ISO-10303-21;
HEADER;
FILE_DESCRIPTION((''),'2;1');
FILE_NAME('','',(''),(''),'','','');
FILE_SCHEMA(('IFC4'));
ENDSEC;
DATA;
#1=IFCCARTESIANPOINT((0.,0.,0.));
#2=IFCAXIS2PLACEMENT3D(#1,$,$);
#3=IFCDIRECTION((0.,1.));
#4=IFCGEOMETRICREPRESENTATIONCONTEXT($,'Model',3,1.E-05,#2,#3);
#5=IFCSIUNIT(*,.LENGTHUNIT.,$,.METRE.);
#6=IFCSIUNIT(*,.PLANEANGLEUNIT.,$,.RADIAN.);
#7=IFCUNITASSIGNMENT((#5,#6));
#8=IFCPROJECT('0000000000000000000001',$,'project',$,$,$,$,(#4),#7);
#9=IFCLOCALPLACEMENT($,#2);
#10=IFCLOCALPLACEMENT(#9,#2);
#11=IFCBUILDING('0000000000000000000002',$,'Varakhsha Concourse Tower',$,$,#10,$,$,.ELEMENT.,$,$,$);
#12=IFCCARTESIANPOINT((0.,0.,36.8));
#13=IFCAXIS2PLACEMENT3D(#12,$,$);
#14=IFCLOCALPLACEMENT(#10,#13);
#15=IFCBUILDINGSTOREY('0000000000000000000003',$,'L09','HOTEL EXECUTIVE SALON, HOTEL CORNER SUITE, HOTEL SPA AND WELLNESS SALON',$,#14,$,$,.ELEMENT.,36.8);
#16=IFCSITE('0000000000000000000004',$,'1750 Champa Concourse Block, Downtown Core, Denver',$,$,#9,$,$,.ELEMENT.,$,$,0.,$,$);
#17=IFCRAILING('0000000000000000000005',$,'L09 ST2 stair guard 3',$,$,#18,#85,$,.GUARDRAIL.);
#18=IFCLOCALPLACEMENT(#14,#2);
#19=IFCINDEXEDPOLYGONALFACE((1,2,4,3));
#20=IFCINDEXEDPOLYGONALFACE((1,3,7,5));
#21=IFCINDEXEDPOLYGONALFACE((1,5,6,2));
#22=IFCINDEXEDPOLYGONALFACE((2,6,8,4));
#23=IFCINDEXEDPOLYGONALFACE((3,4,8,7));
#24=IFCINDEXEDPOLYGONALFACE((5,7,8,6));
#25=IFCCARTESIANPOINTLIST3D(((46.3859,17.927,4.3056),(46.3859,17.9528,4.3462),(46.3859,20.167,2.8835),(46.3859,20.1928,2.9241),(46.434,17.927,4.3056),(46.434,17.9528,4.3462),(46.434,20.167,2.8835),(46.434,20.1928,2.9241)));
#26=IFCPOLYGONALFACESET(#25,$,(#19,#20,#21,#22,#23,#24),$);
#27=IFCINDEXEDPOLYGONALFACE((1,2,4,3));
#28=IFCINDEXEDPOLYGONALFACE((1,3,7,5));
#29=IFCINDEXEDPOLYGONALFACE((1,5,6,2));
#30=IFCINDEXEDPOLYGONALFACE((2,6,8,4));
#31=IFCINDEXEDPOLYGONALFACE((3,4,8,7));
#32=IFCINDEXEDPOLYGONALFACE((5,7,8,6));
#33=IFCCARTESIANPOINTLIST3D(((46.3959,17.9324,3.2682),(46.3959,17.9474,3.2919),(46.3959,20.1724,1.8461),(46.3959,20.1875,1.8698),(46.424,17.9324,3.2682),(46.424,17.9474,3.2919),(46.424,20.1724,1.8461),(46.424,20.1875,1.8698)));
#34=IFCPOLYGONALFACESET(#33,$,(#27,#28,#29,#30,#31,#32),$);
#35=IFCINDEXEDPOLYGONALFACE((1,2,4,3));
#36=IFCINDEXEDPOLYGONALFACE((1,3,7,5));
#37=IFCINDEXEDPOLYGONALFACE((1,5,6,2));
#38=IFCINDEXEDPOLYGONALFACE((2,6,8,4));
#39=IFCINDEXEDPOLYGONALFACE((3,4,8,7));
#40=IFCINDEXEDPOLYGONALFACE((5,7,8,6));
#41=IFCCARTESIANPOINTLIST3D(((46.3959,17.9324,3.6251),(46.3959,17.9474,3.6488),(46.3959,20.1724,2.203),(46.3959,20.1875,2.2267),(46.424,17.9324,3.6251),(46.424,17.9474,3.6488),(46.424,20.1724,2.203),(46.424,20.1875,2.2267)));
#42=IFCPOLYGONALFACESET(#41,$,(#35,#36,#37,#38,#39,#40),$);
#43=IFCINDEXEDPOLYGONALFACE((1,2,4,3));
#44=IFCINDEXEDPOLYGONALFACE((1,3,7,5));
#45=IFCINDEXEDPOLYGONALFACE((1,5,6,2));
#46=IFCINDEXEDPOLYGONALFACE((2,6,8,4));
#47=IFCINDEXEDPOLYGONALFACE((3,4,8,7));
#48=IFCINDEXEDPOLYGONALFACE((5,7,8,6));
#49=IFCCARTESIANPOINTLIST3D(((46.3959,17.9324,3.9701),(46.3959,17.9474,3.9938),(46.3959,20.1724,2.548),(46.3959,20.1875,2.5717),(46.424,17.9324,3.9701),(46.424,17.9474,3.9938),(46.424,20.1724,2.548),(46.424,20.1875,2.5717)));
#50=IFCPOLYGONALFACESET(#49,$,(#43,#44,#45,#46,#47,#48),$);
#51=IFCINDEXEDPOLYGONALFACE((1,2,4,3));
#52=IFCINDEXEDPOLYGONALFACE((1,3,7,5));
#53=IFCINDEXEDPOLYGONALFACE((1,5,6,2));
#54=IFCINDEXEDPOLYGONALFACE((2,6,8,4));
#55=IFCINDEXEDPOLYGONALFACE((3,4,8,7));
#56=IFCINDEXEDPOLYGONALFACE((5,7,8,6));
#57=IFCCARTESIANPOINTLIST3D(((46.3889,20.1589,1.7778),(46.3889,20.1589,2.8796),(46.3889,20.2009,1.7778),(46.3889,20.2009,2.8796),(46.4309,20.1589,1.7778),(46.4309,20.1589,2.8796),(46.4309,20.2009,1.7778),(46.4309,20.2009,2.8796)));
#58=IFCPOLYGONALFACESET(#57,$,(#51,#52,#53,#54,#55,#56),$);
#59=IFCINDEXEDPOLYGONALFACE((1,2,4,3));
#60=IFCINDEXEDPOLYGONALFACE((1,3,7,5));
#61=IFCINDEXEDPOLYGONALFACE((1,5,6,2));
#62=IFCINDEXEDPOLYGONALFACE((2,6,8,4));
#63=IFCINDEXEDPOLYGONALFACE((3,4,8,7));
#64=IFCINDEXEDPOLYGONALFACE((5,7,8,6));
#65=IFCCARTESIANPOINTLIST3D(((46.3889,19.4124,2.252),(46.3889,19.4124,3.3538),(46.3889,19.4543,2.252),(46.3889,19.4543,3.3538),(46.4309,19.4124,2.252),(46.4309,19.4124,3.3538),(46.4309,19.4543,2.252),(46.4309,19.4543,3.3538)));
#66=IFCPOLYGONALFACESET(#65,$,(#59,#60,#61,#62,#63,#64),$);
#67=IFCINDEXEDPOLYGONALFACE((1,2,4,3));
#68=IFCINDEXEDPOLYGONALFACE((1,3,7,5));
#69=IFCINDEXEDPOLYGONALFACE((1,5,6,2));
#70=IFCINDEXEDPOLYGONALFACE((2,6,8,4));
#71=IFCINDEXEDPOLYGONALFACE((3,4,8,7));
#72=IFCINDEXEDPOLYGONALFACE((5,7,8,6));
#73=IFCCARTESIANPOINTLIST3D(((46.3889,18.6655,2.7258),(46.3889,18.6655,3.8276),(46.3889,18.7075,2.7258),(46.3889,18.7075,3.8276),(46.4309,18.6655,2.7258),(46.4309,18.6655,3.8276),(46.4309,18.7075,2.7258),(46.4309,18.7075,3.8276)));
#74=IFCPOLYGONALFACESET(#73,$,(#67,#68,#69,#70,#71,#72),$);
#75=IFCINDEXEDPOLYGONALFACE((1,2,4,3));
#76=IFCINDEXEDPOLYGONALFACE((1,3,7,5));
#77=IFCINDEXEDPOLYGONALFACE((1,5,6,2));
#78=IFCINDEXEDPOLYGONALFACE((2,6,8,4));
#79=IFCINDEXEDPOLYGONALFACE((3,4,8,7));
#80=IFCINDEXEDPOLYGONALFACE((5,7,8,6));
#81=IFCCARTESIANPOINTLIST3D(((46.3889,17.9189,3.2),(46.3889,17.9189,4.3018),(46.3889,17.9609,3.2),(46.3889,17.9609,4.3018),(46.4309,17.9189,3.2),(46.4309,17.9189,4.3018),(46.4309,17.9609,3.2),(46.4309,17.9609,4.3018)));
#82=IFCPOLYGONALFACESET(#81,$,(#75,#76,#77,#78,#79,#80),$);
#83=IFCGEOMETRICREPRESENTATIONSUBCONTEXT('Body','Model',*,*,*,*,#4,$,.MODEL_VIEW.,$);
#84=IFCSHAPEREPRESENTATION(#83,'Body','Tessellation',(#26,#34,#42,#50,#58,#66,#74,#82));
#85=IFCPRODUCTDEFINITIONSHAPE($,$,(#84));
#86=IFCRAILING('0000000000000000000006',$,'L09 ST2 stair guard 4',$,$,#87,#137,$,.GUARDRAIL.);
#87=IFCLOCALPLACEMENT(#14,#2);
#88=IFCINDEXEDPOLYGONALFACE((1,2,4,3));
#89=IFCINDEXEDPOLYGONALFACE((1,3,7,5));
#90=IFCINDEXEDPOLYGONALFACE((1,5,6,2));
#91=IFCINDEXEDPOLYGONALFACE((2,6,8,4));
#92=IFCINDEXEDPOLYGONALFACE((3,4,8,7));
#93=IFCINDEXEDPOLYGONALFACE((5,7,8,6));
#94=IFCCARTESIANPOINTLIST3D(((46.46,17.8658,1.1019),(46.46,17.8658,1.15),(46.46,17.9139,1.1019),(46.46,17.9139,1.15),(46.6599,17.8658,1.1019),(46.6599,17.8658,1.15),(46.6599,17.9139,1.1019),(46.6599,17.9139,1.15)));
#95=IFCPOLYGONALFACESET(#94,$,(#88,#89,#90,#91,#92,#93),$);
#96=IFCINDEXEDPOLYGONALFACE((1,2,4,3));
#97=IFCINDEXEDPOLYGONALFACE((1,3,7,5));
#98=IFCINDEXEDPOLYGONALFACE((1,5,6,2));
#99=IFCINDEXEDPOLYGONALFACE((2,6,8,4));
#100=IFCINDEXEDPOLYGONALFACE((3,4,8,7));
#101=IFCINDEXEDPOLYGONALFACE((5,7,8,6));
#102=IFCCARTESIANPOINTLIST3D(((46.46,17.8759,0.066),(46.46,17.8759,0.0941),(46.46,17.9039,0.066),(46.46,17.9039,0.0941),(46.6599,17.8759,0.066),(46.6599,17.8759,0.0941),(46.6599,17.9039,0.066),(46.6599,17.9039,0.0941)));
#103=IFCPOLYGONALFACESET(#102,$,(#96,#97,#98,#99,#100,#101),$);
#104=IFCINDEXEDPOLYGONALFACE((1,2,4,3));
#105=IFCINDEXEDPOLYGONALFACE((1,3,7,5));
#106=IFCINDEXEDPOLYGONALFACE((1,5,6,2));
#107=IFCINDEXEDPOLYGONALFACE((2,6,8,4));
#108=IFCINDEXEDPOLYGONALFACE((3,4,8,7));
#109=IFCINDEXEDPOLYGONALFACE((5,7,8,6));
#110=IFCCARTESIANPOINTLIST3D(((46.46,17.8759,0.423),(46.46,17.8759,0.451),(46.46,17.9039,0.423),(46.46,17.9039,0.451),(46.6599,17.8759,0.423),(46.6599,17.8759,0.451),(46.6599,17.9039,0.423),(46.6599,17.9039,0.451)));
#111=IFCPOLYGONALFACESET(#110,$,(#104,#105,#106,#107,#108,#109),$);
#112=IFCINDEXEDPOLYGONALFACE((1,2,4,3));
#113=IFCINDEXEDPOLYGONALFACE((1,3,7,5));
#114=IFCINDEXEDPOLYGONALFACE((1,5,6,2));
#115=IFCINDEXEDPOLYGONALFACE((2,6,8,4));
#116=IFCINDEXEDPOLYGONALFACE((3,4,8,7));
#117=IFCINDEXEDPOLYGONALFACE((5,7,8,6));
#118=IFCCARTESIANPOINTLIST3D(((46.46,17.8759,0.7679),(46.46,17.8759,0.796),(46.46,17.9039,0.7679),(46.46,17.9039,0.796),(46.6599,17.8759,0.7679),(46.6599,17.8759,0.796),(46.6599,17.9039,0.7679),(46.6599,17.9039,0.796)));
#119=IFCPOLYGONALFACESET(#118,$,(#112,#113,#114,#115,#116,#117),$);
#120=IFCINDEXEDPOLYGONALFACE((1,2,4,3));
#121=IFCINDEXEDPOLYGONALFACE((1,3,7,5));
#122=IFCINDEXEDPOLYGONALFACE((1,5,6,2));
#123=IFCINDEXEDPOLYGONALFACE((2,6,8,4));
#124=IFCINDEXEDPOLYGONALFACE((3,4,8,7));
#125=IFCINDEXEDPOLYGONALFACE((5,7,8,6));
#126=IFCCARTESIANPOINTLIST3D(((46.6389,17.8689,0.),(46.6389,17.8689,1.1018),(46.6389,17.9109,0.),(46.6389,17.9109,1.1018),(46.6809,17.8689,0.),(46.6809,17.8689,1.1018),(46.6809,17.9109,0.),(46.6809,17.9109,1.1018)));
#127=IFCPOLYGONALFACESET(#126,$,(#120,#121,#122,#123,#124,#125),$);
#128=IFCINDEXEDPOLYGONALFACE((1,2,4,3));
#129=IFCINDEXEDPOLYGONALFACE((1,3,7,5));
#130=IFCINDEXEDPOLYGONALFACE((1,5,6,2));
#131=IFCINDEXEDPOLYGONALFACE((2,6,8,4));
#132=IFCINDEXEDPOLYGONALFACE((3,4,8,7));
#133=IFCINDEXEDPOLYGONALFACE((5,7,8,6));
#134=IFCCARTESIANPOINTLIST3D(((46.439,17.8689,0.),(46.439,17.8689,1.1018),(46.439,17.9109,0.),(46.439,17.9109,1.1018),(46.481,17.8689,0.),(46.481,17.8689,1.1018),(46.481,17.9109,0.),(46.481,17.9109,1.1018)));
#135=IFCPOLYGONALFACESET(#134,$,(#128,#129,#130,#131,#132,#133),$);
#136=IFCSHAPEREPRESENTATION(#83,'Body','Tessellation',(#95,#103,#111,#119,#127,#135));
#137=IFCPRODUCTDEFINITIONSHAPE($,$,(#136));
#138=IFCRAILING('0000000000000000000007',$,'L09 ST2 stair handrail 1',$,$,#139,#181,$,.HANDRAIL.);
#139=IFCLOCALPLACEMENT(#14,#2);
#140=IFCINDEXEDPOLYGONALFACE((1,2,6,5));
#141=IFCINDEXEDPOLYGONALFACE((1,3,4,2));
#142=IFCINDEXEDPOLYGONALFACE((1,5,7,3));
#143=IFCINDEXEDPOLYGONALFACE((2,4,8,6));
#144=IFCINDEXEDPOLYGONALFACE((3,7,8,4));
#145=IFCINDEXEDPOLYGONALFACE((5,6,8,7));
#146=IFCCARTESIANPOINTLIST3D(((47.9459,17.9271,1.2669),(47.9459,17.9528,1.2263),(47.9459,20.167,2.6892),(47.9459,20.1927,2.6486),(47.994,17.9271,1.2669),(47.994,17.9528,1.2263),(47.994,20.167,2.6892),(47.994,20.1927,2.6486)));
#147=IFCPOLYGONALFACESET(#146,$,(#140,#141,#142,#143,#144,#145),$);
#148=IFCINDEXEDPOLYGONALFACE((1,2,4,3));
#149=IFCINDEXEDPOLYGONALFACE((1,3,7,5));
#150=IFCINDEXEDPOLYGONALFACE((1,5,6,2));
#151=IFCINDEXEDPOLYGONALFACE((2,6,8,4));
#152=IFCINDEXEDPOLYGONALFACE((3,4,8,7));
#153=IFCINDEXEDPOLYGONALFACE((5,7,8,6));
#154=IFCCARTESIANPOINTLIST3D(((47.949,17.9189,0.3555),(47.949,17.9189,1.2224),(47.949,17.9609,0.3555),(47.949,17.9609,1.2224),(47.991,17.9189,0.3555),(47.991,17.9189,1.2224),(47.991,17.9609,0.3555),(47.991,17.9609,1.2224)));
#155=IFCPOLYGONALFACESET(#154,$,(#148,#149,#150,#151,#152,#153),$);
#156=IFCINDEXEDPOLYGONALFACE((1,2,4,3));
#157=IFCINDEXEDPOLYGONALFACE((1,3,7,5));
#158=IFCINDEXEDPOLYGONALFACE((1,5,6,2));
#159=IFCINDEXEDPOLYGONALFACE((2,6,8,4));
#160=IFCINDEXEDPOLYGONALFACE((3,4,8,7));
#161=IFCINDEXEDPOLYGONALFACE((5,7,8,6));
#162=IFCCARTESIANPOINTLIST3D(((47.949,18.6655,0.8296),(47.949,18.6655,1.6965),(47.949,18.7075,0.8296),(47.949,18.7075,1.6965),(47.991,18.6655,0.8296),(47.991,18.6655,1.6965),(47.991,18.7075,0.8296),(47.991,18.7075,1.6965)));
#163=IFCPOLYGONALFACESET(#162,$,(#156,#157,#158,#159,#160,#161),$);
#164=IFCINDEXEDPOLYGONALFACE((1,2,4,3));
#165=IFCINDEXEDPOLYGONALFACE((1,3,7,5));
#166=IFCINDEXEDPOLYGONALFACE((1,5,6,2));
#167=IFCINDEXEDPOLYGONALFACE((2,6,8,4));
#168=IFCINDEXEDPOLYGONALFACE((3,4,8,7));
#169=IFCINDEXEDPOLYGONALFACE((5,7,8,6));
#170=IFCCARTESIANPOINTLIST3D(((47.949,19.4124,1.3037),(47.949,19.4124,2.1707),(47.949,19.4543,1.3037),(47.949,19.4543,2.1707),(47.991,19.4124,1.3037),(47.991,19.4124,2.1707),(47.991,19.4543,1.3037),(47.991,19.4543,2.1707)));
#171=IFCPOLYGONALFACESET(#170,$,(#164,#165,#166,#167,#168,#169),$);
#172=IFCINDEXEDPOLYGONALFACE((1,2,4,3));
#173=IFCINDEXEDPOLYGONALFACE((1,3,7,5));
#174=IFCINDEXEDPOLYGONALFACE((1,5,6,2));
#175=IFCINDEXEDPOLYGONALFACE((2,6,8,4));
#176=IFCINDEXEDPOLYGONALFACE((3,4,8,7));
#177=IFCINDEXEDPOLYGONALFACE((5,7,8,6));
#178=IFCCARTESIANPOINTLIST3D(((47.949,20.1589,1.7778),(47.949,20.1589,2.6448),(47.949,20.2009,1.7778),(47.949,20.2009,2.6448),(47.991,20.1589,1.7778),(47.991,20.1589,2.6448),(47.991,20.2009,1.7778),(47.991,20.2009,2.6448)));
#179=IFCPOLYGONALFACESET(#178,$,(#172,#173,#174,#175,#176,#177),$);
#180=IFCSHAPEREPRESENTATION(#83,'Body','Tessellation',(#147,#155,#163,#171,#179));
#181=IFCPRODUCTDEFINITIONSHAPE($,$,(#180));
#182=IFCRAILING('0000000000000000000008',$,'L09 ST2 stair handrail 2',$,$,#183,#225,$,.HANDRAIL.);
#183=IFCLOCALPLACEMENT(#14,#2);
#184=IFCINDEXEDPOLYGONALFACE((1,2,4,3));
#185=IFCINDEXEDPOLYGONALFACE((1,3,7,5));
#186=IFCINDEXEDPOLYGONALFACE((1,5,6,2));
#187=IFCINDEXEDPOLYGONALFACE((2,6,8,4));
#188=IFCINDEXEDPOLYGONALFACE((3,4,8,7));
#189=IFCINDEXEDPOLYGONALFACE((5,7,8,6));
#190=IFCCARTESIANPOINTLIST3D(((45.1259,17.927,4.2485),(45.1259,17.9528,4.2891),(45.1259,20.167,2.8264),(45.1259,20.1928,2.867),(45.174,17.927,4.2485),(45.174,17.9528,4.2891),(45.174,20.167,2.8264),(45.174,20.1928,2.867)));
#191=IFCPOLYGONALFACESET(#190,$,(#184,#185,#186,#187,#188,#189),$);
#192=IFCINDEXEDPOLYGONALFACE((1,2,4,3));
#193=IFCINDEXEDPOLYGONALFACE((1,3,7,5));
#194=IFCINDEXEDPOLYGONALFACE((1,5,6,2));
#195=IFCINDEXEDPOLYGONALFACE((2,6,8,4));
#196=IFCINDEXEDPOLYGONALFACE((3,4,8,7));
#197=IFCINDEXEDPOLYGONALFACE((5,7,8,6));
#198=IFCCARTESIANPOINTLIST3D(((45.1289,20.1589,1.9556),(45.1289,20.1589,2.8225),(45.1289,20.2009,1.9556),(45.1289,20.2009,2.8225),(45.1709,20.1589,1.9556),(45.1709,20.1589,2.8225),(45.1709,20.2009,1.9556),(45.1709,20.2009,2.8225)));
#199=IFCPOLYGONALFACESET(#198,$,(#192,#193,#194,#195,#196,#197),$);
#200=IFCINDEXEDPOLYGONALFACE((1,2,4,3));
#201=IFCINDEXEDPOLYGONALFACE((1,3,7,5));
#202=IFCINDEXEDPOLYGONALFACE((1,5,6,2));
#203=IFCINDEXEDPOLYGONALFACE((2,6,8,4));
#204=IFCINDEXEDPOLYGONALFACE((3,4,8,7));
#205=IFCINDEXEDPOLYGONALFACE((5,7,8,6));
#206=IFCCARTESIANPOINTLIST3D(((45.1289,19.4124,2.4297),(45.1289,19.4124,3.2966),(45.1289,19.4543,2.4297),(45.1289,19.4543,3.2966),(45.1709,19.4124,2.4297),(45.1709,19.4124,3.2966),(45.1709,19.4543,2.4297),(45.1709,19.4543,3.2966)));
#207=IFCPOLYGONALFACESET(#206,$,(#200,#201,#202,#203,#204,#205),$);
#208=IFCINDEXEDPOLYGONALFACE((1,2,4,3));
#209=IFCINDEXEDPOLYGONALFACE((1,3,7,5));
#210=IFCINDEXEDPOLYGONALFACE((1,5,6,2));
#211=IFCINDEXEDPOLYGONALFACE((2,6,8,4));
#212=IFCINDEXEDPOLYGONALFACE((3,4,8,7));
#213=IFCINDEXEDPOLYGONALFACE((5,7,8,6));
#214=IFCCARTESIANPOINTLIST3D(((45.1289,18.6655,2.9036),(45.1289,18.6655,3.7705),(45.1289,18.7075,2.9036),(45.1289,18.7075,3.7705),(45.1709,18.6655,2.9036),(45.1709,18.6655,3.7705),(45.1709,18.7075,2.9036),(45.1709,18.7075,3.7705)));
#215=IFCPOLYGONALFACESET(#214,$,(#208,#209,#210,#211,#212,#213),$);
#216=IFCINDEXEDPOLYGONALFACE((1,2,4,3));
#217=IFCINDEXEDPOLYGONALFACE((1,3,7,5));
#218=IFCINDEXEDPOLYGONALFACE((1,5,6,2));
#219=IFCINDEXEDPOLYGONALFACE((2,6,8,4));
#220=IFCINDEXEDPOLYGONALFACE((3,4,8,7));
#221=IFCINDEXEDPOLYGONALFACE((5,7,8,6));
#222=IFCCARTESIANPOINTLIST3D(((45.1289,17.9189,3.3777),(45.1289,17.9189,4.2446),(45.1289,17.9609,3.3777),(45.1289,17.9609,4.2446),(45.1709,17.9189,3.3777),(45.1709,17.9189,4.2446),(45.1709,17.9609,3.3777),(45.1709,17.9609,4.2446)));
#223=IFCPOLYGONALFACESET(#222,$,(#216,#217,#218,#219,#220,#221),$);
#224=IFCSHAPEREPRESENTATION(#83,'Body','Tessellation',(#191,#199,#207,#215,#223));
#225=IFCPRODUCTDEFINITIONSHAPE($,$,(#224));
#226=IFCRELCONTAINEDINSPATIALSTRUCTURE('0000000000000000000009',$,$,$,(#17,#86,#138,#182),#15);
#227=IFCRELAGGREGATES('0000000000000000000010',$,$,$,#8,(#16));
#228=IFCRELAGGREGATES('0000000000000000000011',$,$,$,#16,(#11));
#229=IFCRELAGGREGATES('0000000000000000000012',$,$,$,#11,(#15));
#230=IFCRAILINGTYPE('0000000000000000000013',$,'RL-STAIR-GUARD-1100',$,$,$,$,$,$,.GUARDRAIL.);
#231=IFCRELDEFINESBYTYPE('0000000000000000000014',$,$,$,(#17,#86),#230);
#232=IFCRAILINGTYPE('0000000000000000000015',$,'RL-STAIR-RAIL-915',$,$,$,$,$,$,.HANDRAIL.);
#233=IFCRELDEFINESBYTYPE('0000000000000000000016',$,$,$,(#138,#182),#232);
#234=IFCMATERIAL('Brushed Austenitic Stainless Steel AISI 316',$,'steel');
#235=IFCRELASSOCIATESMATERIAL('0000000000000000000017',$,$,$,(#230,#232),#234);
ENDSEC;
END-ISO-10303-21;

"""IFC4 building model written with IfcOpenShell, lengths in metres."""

from ifc_helpers import new_model, si_unit, direction, frame, origin, origin_2d, place, context, subcontext, project, spatial, rectangle, extrude, material, type_object, element, save


model = new_model("IFC4")

# Units and contexts
model_context = context("Model", 3, precision=1e-05, world=origin(), true_north=direction((0.0, 1.0)))
body_context = subcontext(model_context, "Body", "Model", "MODEL_VIEW")
ifc_project = project(units=[si_unit("LENGTHUNIT", "METRE"), si_unit("PLANEANGLEUNIT", "RADIAN")], contexts=[model_context])

# Site, building, storey
site_placement = place(None, origin())
site = spatial("IfcSite", under=ifc_project, at=site_placement, Name="1750 Champa Concourse Block, Downtown Core, Denver", CompositionType="ELEMENT", RefElevation=0.0)
building_placement = place(site_placement, origin())
building = spatial("IfcBuilding", under=site, at=building_placement, Name="Varakhsha Concourse Tower", CompositionType="ELEMENT")
storey_placement = place(building_placement, frame((0.0, 0.0, 36.8)))
storey = spatial("IfcBuildingStorey", under=building, at=storey_placement, Name="L09", Description="HOTEL EXECUTIVE SALON, HOTEL CORNER SUITE, HOTEL SPA AND WELLNESS SALON", CompositionType="ELEMENT", Elevation=36.8)

# Railings
ifc_material_1 = material(Name="Brushed Austenitic Stainless Steel AISI 316", Category="steel")
railing_type_1 = type_object("IfcRailingType", Name="RL-STAIR-GUARD-1100", PredefinedType="GUARDRAIL", material=ifc_material_1)
railing_1_placement = place(storey_placement, frame((46.4099, 20.1799, 1.7778)))
element("IfcRailing", 1, at=railing_1_placement, inside=storey, type_object=railing_type_1, Name="L09 ST2 stair guard 3", PredefinedType="GUARDRAIL", context=body_context, shape_type="SweptSolid", body=[
    extrude(rectangle(XDim=0.0481, YDim=0.0481, at=origin_2d()), frame((0.0, 0.0, 1.126), z_axis=(0.0, -0.844229, 0.535982), x_axis=(1.0, 0.0, 0.0)), (0.0, 0.0, 1.0), 2.6533),
    extrude(rectangle(XDim=0.0281, YDim=0.0281, at=origin_2d()), frame((0.0, 0.0, 0.0801), z_axis=(0.0, -0.844229, 0.535982), x_axis=(1.0, 0.0, 0.0)), (0.0, 0.0, 1.0), 2.6533),
    extrude(rectangle(XDim=0.0281, YDim=0.0281, at=origin_2d()), frame((0.0, 0.0, 0.437), z_axis=(0.0, -0.844229, 0.535982), x_axis=(1.0, 0.0, 0.0)), (0.0, 0.0, 1.0), 2.6533),
    extrude(rectangle(XDim=0.0281, YDim=0.0281, at=origin_2d()), frame((0.0, 0.0, 0.782), z_axis=(0.0, -0.844229, 0.535982), x_axis=(1.0, 0.0, 0.0)), (0.0, 0.0, 1.0), 2.6533),
    extrude(rectangle(XDim=0.042, YDim=0.042, at=origin_2d()), origin(), (0.0, 0.0, 1.0), 1.1018),
    extrude(rectangle(XDim=0.042, YDim=0.042, at=origin_2d()), frame((0.0, -0.7466, 0.4741)), (0.0, 0.0, 1.0), 1.1018),
    extrude(rectangle(XDim=0.042, YDim=0.042, at=origin_2d()), frame((0.0, -1.4934, 0.948)), (0.0, 0.0, 1.0), 1.1018),
    extrude(rectangle(XDim=0.042, YDim=0.042, at=origin_2d()), frame((0.0, -2.24, 1.4221)), (0.0, 0.0, 1.0), 1.1018),
])
railing_2_placement = place(storey_placement, frame((46.6599, 17.8899, 0.0)))
element("IfcRailing", 2, at=railing_2_placement, inside=storey, type_object=railing_type_1, Name="L09 ST2 stair guard 4", PredefinedType="GUARDRAIL", context=body_context, shape_type="SweptSolid", body=[
    extrude(rectangle(XDim=0.0481, YDim=0.0481, at=origin_2d()), frame((0.0, 0.0, 1.126), z_axis=(-1.0, 0.0, 0.0), x_axis=(0.0, -1.0, 0.0)), (0.0, 0.0, 1.0), 0.2),
    extrude(rectangle(XDim=0.0281, YDim=0.0281, at=origin_2d()), frame((0.0, 0.0, 0.0801), z_axis=(-1.0, 0.0, 0.0), x_axis=(0.0, -1.0, 0.0)), (0.0, 0.0, 1.0), 0.2),
    extrude(rectangle(XDim=0.0281, YDim=0.0281, at=origin_2d()), frame((0.0, 0.0, 0.437), z_axis=(-1.0, 0.0, 0.0), x_axis=(0.0, -1.0, 0.0)), (0.0, 0.0, 1.0), 0.2),
    extrude(rectangle(XDim=0.0281, YDim=0.0281, at=origin_2d()), frame((0.0, 0.0, 0.782), z_axis=(-1.0, 0.0, 0.0), x_axis=(0.0, -1.0, 0.0)), (0.0, 0.0, 1.0), 0.2),
    extrude(rectangle(XDim=0.042, YDim=0.042, at=origin_2d()), origin(), (0.0, 0.0, 1.0), 1.1018),
    extrude(rectangle(XDim=0.042, YDim=0.042, at=origin_2d()), frame((-0.2, 0.0, 0.0)), (0.0, 0.0, 1.0), 1.1018),
])
railing_type_2 = type_object("IfcRailingType", Name="RL-STAIR-RAIL-915", PredefinedType="HANDRAIL", material=ifc_material_1)
railing_3_placement = place(storey_placement, frame((47.97, 17.9399, 0.3555)))
element("IfcRailing", 3, at=railing_3_placement, inside=storey, type_object=railing_type_2, Name="L09 ST2 stair handrail 1", PredefinedType="HANDRAIL", context=body_context, shape_type="SweptSolid", body=[
    extrude(rectangle(XDim=0.0481, YDim=0.0481, at=origin_2d()), frame((0.0, 0.0, 0.8911), z_axis=(0.0, 0.844188, 0.536048), x_axis=(-1.0, 0.0, 0.0)), (0.0, 0.0, 1.0), 2.6533),
    extrude(rectangle(XDim=0.042, YDim=0.042, at=origin_2d()), origin(), (0.0, 0.0, 1.0), 0.8669),
    extrude(rectangle(XDim=0.042, YDim=0.042, at=origin_2d()), frame((0.0, 0.7466, 0.4741)), (0.0, 0.0, 1.0), 0.8669),
    extrude(rectangle(XDim=0.042, YDim=0.042, at=origin_2d()), frame((0.0, 1.4934, 0.9482)), (0.0, 0.0, 1.0), 0.8669),
    extrude(rectangle(XDim=0.042, YDim=0.042, at=origin_2d()), frame((0.0, 2.24, 1.4224)), (0.0, 0.0, 1.0), 0.8669),
])
railing_4_placement = place(storey_placement, frame((45.1499, 20.1799, 1.9556)))
element("IfcRailing", 4, at=railing_4_placement, inside=storey, type_object=railing_type_2, Name="L09 ST2 stair handrail 2", PredefinedType="HANDRAIL", context=body_context, shape_type="SweptSolid", body=[
    extrude(rectangle(XDim=0.0481, YDim=0.0481, at=origin_2d()), frame((0.0, 0.0, 0.8911), z_axis=(0.0, -0.844229, 0.535982), x_axis=(1.0, 0.0, 0.0)), (0.0, 0.0, 1.0), 2.6533),
    extrude(rectangle(XDim=0.042, YDim=0.042, at=origin_2d()), origin(), (0.0, 0.0, 1.0), 0.8669),
    extrude(rectangle(XDim=0.042, YDim=0.042, at=origin_2d()), frame((0.0, -0.7466, 0.4741)), (0.0, 0.0, 1.0), 0.8669),
    extrude(rectangle(XDim=0.042, YDim=0.042, at=origin_2d()), frame((0.0, -1.4934, 0.948)), (0.0, 0.0, 1.0), 0.8669),
    extrude(rectangle(XDim=0.042, YDim=0.042, at=origin_2d()), frame((0.0, -2.24, 1.4221)), (0.0, 0.0, 1.0), 0.8669),
])

save(model, "model.ifc")
